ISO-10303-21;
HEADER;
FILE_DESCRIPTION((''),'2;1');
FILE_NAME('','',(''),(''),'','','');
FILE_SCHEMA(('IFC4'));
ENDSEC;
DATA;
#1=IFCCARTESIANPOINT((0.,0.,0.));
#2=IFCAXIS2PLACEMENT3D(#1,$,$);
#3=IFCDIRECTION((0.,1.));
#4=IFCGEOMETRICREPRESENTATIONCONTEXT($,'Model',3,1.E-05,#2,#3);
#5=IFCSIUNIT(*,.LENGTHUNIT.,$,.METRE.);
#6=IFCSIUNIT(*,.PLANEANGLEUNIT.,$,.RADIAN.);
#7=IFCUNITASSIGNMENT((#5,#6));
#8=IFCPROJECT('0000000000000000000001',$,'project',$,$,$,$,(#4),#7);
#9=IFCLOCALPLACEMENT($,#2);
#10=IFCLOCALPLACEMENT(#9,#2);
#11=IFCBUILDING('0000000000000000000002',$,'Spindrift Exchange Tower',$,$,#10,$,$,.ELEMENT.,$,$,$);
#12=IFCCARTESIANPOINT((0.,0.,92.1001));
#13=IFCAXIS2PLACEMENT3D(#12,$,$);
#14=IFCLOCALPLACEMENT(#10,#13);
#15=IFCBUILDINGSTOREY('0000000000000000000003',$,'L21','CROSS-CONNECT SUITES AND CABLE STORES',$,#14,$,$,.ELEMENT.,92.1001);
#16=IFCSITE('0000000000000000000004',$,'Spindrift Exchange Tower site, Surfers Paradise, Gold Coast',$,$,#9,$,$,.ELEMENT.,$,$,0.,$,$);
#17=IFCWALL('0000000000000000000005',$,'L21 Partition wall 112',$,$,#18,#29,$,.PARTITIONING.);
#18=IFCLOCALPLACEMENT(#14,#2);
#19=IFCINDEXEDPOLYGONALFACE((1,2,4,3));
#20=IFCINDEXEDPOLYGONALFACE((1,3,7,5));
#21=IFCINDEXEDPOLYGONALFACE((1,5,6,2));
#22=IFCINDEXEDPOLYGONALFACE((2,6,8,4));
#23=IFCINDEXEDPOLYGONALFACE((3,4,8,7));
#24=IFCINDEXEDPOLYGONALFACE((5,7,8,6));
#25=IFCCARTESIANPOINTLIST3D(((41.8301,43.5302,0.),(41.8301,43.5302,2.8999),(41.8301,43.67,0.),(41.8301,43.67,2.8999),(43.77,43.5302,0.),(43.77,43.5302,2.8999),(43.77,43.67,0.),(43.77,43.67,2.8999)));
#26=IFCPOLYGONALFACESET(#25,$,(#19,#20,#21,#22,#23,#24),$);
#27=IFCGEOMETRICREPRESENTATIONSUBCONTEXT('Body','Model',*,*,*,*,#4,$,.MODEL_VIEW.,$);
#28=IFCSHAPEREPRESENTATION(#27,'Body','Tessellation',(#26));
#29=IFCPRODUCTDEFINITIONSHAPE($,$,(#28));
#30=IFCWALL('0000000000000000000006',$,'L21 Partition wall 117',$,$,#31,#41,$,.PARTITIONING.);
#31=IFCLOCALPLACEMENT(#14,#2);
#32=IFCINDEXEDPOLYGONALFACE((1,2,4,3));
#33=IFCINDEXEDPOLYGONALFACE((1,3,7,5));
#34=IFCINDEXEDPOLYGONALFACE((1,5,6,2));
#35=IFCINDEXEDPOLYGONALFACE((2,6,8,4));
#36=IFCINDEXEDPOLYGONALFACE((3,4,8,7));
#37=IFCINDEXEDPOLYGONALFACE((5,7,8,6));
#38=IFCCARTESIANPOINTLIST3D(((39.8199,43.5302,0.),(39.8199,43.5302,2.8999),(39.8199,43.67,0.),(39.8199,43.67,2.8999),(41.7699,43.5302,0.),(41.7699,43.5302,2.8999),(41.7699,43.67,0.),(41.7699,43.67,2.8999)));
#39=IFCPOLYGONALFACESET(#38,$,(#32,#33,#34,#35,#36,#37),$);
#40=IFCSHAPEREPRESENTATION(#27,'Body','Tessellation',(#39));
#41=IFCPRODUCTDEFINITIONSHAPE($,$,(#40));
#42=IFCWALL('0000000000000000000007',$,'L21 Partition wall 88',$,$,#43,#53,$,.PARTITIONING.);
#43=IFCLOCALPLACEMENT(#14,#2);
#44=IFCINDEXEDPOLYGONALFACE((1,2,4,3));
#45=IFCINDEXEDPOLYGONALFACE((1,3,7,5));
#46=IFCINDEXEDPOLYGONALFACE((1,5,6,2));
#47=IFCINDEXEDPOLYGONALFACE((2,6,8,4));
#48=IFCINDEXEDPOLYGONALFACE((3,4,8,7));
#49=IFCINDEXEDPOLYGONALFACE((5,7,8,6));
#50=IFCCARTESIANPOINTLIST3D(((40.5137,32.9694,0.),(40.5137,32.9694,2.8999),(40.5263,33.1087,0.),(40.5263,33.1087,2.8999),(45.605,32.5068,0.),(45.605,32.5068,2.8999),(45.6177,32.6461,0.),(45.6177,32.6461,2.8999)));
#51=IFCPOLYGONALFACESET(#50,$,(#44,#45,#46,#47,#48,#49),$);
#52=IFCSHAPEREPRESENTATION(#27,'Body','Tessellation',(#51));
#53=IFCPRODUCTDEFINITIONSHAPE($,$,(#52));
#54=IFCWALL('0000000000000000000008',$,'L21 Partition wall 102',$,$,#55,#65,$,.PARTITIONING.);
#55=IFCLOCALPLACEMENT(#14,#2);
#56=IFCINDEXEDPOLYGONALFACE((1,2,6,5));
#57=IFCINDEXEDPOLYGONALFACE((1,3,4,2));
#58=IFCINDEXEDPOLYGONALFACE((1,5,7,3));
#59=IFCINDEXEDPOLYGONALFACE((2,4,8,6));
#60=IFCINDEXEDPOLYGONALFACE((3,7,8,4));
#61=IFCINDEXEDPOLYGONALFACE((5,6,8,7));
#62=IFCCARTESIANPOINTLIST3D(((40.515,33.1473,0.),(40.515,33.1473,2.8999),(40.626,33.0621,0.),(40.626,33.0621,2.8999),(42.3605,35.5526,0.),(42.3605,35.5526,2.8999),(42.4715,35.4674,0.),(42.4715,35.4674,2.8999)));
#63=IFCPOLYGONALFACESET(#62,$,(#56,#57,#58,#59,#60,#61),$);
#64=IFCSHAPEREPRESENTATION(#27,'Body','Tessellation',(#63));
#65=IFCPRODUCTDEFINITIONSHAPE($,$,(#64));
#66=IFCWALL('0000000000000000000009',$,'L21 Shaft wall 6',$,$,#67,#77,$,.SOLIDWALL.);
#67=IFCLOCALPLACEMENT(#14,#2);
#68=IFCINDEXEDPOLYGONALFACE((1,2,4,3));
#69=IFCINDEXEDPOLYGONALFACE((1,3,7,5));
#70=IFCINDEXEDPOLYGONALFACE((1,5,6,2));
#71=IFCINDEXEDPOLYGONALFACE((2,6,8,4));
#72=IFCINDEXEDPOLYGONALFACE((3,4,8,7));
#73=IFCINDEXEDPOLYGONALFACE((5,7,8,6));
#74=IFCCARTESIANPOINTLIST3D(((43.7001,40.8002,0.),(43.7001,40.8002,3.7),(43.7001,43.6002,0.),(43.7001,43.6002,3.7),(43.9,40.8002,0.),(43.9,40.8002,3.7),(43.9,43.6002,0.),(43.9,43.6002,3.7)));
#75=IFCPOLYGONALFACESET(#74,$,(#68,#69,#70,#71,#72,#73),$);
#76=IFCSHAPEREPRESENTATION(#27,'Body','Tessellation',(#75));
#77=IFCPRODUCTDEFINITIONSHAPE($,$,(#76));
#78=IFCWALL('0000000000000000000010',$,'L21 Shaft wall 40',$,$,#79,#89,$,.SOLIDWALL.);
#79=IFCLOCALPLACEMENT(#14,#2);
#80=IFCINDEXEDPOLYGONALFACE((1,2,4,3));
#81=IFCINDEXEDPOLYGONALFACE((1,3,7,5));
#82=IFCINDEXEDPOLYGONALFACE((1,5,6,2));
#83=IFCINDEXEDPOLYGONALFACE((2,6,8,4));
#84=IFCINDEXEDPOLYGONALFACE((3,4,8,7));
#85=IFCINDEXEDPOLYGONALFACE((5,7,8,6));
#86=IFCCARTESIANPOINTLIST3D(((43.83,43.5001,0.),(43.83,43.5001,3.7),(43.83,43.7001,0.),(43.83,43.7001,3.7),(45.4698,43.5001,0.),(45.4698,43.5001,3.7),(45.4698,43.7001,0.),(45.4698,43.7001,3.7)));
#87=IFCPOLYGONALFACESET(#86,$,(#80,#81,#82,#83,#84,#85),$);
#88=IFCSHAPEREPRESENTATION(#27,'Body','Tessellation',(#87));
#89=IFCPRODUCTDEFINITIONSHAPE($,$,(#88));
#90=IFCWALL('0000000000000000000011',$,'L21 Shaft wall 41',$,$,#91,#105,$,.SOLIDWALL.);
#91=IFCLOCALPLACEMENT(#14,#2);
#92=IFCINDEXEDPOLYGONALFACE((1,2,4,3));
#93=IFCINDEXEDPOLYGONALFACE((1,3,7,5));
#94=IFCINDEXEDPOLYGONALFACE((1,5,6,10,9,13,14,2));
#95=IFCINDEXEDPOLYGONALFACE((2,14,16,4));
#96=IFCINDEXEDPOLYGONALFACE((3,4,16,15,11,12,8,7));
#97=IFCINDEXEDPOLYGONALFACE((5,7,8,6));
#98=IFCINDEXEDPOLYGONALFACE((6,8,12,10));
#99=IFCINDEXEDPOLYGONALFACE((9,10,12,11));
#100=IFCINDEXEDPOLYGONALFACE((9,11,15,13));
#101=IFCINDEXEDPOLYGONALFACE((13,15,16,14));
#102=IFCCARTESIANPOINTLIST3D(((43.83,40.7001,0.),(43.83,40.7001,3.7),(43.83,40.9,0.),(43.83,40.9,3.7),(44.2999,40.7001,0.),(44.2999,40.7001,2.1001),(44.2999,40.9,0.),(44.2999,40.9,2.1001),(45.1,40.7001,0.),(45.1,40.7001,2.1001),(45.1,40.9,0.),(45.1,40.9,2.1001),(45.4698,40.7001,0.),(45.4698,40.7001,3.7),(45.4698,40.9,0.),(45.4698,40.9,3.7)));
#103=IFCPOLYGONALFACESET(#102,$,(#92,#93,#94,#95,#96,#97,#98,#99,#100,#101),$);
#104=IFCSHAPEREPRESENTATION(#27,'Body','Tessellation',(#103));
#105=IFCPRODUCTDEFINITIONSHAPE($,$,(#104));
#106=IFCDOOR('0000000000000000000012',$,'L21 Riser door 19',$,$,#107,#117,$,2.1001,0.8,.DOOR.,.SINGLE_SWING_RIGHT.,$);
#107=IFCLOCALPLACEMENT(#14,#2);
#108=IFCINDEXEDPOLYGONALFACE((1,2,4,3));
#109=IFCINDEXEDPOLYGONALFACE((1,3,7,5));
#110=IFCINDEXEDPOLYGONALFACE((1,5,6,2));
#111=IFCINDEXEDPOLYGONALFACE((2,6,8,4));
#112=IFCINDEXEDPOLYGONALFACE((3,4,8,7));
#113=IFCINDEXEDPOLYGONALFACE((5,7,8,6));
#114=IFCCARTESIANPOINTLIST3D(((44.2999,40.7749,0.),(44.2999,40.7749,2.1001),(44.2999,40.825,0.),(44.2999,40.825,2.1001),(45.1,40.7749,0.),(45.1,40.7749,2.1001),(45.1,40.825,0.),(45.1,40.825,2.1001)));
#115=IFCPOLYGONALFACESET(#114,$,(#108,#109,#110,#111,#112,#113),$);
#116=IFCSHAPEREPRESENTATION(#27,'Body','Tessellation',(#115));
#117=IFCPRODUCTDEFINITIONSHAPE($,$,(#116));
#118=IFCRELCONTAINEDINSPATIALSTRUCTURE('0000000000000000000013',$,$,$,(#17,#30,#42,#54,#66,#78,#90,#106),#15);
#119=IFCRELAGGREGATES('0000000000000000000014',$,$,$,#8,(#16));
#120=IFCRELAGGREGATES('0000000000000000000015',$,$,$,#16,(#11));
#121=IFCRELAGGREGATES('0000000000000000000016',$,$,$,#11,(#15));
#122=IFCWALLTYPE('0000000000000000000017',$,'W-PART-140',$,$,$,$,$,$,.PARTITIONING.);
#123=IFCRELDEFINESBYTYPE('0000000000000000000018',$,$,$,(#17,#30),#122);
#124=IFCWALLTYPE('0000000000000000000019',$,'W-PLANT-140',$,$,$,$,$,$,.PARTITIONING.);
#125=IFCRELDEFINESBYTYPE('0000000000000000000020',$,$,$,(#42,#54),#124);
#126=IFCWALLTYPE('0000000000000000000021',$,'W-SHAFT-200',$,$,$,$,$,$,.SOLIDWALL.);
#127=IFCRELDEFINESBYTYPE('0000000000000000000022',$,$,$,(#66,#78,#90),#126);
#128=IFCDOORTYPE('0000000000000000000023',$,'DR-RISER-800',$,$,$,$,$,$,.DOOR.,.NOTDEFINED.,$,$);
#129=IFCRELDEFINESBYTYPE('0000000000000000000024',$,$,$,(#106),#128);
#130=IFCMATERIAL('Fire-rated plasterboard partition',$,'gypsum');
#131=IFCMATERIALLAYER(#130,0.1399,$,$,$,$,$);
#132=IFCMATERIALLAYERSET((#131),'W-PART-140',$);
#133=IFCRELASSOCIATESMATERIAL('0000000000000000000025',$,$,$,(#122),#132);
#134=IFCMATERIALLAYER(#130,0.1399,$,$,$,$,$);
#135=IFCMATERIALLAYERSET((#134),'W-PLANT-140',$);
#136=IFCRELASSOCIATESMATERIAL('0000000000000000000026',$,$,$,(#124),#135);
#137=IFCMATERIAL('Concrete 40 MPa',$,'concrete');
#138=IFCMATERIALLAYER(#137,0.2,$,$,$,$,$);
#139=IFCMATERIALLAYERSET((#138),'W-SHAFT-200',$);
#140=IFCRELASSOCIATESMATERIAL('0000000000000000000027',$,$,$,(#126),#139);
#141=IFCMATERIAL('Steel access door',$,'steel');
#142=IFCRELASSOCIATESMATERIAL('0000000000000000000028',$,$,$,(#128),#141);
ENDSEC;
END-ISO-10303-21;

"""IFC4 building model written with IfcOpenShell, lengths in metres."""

from ifc_helpers import new_model, si_unit, direction, frame, frame_2d, origin, place, context, subcontext, project, spatial, rectangle, extrude, source, transform, mapped, material, layer, layer_set, type_object, element, fill, save


model = new_model("IFC4")

# Units and contexts
model_context = context("Model", 3, precision=1e-05, world=origin(), true_north=direction((0.0, 1.0)))
body_context = subcontext(model_context, "Body", "Model", "MODEL_VIEW")
ifc_project = project(units=[si_unit("LENGTHUNIT", "METRE"), si_unit("PLANEANGLEUNIT", "RADIAN")], contexts=[model_context])

# Site, building, storey
site_placement = place(None, origin())
site = spatial("IfcSite", under=ifc_project, at=site_placement, Name="Spindrift Exchange Tower site, Surfers Paradise, Gold Coast", CompositionType="ELEMENT", RefElevation=0.0)
building_placement = place(site_placement, origin())
building = spatial("IfcBuilding", under=site, at=building_placement, Name="Spindrift Exchange Tower", CompositionType="ELEMENT")
storey_placement = place(building_placement, frame((0.0, 0.0, 92.1001)))
storey = spatial("IfcBuildingStorey", under=building, at=storey_placement, Name="L21", Description="CROSS-CONNECT SUITES AND CABLE STORES", CompositionType="ELEMENT", Elevation=92.1001)

# Shared definitions
ifc_material_1 = material(Name="Fire-rated plasterboard partition", Category="gypsum")
ifc_material_2 = material(Name="Steel access door", Category="steel")

# Walls
ifc_layer_1 = layer(ifc_material_1, 0.1399)
ifc_layer_set_1 = layer_set([ifc_layer_1], Name="W-PART-140")
wall_type_1 = type_object("IfcWallType", Name="W-PART-140", PredefinedType="PARTITIONING", material=ifc_layer_set_1)
wall_1_placement = place(storey_placement, frame((43.77, 43.6001, 0.0), z_axis=(0.0, 0.0, 1.0), x_axis=(-1.0, 0.0, 0.0)))
element("IfcWall", 1, at=wall_1_placement, inside=storey, type_object=wall_type_1, Name="L21 Partition wall 112", PredefinedType="PARTITIONING", context=body_context, shape_type="SweptSolid", body=[
    extrude(rectangle(XDim=1.9399, YDim=0.1399, at=frame_2d((0.97, 0.0))), origin(), (0.0, 0.0, 1.0), 2.8999),
])
wall_2_placement = place(storey_placement, frame((41.77, 43.6001, 0.0), z_axis=(0.0, 0.0, 1.0), x_axis=(-1.0, 0.0, 0.0)))
element("IfcWall", 2, at=wall_2_placement, inside=storey, type_object=wall_type_1, Name="L21 Partition wall 117", PredefinedType="PARTITIONING", context=body_context, shape_type="SweptSolid", body=[
    extrude(rectangle(XDim=1.95, YDim=0.1399, at=frame_2d((0.9751, 0.0))), origin(), (0.0, 0.0, 1.0), 2.8999),
])
ifc_layer_2 = layer(ifc_material_1, 0.1399)
ifc_layer_set_2 = layer_set([ifc_layer_2], Name="W-PLANT-140")
wall_type_2 = type_object("IfcWallType", Name="W-PLANT-140", PredefinedType="PARTITIONING", material=ifc_layer_set_2)
wall_3_placement = place(storey_placement, frame((40.52, 33.0391, 0.0), z_axis=(0.0, 0.0, 1.0), x_axis=(0.995897, -0.090497, 0.0)))
element("IfcWall", 3, at=wall_3_placement, inside=storey, type_object=wall_type_2, Name="L21 Partition wall 88", PredefinedType="PARTITIONING", context=body_context, shape_type="SweptSolid", body=[
    extrude(rectangle(XDim=5.1123, YDim=0.1399, at=frame_2d((2.5562, 0.0))), origin(), (0.0, 0.0, 1.0), 2.8999),
])
wall_4_placement = place(storey_placement, frame((42.416, 35.51, 0.0), z_axis=(0.0, 0.0, 1.0), x_axis=(-0.608726, -0.793381, 0.0)))
element("IfcWall", 4, at=wall_4_placement, inside=storey, type_object=wall_type_2, Name="L21 Partition wall 102", PredefinedType="PARTITIONING", context=body_context, shape_type="SweptSolid", body=[
    extrude(rectangle(XDim=3.0317, YDim=0.1399, at=frame_2d((1.5159, 0.0))), origin(), (0.0, 0.0, 1.0), 2.8999),
])
ifc_material_3 = material(Name="Concrete 40 MPa", Category="concrete")
ifc_layer_3 = layer(ifc_material_3, 0.2)
ifc_layer_set_3 = layer_set([ifc_layer_3], Name="W-SHAFT-200")
wall_type_3 = type_object("IfcWallType", Name="W-SHAFT-200", PredefinedType="SOLIDWALL", material=ifc_layer_set_3)
wall_5_placement = place(storey_placement, frame((43.8, 43.6001, 0.0), z_axis=(0.0, 0.0, 1.0), x_axis=(0.0, -1.0, 0.0)))
element("IfcWall", 5, at=wall_5_placement, inside=storey, type_object=wall_type_3, Name="L21 Shaft wall 6", PredefinedType="SOLIDWALL", context=body_context, shape_type="SweptSolid", body=[
    extrude(rectangle(XDim=2.8, YDim=0.2, at=frame_2d((1.3999, 0.0))), origin(), (0.0, 0.0, 1.0), 3.7),
])
wall_6_placement = place(storey_placement, frame((43.8301, 43.6001, 0.0), z_axis=(0.0, 0.0, 1.0), x_axis=(1.0, 0.0, 0.0)))
element("IfcWall", 6, at=wall_6_placement, inside=storey, type_object=wall_type_3, Name="L21 Shaft wall 40", PredefinedType="SOLIDWALL", context=body_context, shape_type="SweptSolid", body=[
    extrude(rectangle(XDim=1.6399, YDim=0.2, at=frame_2d((0.8198, 0.0))), origin(), (0.0, 0.0, 1.0), 3.7),
])

# Wall, opening, door
wall_7_placement = place(storey_placement, frame((43.8301, 40.8, 0.0), z_axis=(0.0, 0.0, 1.0), x_axis=(1.0, 0.0, 0.0)))
wall_7 = element("IfcWall", 7, at=wall_7_placement, inside=storey, type_object=wall_type_3, Name="L21 Shaft wall 41", PredefinedType="SOLIDWALL", context=body_context, shape_type="SweptSolid", body=[
    extrude(rectangle(XDim=1.6399, YDim=0.2, at=frame_2d((0.8198, 0.0))), origin(), (0.0, 0.0, 1.0), 3.7),
])
opening_1_placement = place(wall_7_placement, frame((0.47, 0.0, 0.0)))
opening_1 = element("IfcOpeningElement", 8, at=opening_1_placement, cuts=wall_7, PredefinedType="OPENING", context=body_context, shape_type="SweptSolid", body=[
    extrude(rectangle(XDim=0.8, YDim=2.1001, at=frame_2d((0.3999, 1.05))), frame((0.0, 0.1099, 0.0), z_axis=(0.0, -1.0, 0.0), x_axis=(1.0, 0.0, 0.0)), (0.0, 0.0, 1.0), 0.22),
])
door_type_1 = type_object("IfcDoorType", Name="DR-RISER-800", OperationType="NOTDEFINED", PredefinedType="DOOR", material=ifc_material_2)
shared_shape_1 = source(origin(), body_context, "Body", "SweptSolid", [
    extrude(rectangle(XDim=0.8, YDim=2.1001, at=frame_2d((0.3999, 1.05))), frame((0.0, 0.0249, 0.0), z_axis=(0.0, -1.0, 0.0), x_axis=(1.0, 0.0, 0.0)), (0.0, 0.0, 1.0), 0.05),
])
door_1_placement = place(opening_1_placement, origin())
door_1 = element("IfcDoor", 9, at=door_1_placement, inside=storey, type_object=door_type_1, Name="L21 Riser door 19", OperationType="SINGLE_SWING_RIGHT", OverallHeight=2.1001, OverallWidth=0.8, PredefinedType="DOOR", context=body_context, shape_type="MappedRepresentation", body=[
    mapped(shared_shape_1, transform((0.0, 0.0, 0.0), scale=1.0)),
])
fill(opening_1, door_1)

save(model, "model.ifc")
